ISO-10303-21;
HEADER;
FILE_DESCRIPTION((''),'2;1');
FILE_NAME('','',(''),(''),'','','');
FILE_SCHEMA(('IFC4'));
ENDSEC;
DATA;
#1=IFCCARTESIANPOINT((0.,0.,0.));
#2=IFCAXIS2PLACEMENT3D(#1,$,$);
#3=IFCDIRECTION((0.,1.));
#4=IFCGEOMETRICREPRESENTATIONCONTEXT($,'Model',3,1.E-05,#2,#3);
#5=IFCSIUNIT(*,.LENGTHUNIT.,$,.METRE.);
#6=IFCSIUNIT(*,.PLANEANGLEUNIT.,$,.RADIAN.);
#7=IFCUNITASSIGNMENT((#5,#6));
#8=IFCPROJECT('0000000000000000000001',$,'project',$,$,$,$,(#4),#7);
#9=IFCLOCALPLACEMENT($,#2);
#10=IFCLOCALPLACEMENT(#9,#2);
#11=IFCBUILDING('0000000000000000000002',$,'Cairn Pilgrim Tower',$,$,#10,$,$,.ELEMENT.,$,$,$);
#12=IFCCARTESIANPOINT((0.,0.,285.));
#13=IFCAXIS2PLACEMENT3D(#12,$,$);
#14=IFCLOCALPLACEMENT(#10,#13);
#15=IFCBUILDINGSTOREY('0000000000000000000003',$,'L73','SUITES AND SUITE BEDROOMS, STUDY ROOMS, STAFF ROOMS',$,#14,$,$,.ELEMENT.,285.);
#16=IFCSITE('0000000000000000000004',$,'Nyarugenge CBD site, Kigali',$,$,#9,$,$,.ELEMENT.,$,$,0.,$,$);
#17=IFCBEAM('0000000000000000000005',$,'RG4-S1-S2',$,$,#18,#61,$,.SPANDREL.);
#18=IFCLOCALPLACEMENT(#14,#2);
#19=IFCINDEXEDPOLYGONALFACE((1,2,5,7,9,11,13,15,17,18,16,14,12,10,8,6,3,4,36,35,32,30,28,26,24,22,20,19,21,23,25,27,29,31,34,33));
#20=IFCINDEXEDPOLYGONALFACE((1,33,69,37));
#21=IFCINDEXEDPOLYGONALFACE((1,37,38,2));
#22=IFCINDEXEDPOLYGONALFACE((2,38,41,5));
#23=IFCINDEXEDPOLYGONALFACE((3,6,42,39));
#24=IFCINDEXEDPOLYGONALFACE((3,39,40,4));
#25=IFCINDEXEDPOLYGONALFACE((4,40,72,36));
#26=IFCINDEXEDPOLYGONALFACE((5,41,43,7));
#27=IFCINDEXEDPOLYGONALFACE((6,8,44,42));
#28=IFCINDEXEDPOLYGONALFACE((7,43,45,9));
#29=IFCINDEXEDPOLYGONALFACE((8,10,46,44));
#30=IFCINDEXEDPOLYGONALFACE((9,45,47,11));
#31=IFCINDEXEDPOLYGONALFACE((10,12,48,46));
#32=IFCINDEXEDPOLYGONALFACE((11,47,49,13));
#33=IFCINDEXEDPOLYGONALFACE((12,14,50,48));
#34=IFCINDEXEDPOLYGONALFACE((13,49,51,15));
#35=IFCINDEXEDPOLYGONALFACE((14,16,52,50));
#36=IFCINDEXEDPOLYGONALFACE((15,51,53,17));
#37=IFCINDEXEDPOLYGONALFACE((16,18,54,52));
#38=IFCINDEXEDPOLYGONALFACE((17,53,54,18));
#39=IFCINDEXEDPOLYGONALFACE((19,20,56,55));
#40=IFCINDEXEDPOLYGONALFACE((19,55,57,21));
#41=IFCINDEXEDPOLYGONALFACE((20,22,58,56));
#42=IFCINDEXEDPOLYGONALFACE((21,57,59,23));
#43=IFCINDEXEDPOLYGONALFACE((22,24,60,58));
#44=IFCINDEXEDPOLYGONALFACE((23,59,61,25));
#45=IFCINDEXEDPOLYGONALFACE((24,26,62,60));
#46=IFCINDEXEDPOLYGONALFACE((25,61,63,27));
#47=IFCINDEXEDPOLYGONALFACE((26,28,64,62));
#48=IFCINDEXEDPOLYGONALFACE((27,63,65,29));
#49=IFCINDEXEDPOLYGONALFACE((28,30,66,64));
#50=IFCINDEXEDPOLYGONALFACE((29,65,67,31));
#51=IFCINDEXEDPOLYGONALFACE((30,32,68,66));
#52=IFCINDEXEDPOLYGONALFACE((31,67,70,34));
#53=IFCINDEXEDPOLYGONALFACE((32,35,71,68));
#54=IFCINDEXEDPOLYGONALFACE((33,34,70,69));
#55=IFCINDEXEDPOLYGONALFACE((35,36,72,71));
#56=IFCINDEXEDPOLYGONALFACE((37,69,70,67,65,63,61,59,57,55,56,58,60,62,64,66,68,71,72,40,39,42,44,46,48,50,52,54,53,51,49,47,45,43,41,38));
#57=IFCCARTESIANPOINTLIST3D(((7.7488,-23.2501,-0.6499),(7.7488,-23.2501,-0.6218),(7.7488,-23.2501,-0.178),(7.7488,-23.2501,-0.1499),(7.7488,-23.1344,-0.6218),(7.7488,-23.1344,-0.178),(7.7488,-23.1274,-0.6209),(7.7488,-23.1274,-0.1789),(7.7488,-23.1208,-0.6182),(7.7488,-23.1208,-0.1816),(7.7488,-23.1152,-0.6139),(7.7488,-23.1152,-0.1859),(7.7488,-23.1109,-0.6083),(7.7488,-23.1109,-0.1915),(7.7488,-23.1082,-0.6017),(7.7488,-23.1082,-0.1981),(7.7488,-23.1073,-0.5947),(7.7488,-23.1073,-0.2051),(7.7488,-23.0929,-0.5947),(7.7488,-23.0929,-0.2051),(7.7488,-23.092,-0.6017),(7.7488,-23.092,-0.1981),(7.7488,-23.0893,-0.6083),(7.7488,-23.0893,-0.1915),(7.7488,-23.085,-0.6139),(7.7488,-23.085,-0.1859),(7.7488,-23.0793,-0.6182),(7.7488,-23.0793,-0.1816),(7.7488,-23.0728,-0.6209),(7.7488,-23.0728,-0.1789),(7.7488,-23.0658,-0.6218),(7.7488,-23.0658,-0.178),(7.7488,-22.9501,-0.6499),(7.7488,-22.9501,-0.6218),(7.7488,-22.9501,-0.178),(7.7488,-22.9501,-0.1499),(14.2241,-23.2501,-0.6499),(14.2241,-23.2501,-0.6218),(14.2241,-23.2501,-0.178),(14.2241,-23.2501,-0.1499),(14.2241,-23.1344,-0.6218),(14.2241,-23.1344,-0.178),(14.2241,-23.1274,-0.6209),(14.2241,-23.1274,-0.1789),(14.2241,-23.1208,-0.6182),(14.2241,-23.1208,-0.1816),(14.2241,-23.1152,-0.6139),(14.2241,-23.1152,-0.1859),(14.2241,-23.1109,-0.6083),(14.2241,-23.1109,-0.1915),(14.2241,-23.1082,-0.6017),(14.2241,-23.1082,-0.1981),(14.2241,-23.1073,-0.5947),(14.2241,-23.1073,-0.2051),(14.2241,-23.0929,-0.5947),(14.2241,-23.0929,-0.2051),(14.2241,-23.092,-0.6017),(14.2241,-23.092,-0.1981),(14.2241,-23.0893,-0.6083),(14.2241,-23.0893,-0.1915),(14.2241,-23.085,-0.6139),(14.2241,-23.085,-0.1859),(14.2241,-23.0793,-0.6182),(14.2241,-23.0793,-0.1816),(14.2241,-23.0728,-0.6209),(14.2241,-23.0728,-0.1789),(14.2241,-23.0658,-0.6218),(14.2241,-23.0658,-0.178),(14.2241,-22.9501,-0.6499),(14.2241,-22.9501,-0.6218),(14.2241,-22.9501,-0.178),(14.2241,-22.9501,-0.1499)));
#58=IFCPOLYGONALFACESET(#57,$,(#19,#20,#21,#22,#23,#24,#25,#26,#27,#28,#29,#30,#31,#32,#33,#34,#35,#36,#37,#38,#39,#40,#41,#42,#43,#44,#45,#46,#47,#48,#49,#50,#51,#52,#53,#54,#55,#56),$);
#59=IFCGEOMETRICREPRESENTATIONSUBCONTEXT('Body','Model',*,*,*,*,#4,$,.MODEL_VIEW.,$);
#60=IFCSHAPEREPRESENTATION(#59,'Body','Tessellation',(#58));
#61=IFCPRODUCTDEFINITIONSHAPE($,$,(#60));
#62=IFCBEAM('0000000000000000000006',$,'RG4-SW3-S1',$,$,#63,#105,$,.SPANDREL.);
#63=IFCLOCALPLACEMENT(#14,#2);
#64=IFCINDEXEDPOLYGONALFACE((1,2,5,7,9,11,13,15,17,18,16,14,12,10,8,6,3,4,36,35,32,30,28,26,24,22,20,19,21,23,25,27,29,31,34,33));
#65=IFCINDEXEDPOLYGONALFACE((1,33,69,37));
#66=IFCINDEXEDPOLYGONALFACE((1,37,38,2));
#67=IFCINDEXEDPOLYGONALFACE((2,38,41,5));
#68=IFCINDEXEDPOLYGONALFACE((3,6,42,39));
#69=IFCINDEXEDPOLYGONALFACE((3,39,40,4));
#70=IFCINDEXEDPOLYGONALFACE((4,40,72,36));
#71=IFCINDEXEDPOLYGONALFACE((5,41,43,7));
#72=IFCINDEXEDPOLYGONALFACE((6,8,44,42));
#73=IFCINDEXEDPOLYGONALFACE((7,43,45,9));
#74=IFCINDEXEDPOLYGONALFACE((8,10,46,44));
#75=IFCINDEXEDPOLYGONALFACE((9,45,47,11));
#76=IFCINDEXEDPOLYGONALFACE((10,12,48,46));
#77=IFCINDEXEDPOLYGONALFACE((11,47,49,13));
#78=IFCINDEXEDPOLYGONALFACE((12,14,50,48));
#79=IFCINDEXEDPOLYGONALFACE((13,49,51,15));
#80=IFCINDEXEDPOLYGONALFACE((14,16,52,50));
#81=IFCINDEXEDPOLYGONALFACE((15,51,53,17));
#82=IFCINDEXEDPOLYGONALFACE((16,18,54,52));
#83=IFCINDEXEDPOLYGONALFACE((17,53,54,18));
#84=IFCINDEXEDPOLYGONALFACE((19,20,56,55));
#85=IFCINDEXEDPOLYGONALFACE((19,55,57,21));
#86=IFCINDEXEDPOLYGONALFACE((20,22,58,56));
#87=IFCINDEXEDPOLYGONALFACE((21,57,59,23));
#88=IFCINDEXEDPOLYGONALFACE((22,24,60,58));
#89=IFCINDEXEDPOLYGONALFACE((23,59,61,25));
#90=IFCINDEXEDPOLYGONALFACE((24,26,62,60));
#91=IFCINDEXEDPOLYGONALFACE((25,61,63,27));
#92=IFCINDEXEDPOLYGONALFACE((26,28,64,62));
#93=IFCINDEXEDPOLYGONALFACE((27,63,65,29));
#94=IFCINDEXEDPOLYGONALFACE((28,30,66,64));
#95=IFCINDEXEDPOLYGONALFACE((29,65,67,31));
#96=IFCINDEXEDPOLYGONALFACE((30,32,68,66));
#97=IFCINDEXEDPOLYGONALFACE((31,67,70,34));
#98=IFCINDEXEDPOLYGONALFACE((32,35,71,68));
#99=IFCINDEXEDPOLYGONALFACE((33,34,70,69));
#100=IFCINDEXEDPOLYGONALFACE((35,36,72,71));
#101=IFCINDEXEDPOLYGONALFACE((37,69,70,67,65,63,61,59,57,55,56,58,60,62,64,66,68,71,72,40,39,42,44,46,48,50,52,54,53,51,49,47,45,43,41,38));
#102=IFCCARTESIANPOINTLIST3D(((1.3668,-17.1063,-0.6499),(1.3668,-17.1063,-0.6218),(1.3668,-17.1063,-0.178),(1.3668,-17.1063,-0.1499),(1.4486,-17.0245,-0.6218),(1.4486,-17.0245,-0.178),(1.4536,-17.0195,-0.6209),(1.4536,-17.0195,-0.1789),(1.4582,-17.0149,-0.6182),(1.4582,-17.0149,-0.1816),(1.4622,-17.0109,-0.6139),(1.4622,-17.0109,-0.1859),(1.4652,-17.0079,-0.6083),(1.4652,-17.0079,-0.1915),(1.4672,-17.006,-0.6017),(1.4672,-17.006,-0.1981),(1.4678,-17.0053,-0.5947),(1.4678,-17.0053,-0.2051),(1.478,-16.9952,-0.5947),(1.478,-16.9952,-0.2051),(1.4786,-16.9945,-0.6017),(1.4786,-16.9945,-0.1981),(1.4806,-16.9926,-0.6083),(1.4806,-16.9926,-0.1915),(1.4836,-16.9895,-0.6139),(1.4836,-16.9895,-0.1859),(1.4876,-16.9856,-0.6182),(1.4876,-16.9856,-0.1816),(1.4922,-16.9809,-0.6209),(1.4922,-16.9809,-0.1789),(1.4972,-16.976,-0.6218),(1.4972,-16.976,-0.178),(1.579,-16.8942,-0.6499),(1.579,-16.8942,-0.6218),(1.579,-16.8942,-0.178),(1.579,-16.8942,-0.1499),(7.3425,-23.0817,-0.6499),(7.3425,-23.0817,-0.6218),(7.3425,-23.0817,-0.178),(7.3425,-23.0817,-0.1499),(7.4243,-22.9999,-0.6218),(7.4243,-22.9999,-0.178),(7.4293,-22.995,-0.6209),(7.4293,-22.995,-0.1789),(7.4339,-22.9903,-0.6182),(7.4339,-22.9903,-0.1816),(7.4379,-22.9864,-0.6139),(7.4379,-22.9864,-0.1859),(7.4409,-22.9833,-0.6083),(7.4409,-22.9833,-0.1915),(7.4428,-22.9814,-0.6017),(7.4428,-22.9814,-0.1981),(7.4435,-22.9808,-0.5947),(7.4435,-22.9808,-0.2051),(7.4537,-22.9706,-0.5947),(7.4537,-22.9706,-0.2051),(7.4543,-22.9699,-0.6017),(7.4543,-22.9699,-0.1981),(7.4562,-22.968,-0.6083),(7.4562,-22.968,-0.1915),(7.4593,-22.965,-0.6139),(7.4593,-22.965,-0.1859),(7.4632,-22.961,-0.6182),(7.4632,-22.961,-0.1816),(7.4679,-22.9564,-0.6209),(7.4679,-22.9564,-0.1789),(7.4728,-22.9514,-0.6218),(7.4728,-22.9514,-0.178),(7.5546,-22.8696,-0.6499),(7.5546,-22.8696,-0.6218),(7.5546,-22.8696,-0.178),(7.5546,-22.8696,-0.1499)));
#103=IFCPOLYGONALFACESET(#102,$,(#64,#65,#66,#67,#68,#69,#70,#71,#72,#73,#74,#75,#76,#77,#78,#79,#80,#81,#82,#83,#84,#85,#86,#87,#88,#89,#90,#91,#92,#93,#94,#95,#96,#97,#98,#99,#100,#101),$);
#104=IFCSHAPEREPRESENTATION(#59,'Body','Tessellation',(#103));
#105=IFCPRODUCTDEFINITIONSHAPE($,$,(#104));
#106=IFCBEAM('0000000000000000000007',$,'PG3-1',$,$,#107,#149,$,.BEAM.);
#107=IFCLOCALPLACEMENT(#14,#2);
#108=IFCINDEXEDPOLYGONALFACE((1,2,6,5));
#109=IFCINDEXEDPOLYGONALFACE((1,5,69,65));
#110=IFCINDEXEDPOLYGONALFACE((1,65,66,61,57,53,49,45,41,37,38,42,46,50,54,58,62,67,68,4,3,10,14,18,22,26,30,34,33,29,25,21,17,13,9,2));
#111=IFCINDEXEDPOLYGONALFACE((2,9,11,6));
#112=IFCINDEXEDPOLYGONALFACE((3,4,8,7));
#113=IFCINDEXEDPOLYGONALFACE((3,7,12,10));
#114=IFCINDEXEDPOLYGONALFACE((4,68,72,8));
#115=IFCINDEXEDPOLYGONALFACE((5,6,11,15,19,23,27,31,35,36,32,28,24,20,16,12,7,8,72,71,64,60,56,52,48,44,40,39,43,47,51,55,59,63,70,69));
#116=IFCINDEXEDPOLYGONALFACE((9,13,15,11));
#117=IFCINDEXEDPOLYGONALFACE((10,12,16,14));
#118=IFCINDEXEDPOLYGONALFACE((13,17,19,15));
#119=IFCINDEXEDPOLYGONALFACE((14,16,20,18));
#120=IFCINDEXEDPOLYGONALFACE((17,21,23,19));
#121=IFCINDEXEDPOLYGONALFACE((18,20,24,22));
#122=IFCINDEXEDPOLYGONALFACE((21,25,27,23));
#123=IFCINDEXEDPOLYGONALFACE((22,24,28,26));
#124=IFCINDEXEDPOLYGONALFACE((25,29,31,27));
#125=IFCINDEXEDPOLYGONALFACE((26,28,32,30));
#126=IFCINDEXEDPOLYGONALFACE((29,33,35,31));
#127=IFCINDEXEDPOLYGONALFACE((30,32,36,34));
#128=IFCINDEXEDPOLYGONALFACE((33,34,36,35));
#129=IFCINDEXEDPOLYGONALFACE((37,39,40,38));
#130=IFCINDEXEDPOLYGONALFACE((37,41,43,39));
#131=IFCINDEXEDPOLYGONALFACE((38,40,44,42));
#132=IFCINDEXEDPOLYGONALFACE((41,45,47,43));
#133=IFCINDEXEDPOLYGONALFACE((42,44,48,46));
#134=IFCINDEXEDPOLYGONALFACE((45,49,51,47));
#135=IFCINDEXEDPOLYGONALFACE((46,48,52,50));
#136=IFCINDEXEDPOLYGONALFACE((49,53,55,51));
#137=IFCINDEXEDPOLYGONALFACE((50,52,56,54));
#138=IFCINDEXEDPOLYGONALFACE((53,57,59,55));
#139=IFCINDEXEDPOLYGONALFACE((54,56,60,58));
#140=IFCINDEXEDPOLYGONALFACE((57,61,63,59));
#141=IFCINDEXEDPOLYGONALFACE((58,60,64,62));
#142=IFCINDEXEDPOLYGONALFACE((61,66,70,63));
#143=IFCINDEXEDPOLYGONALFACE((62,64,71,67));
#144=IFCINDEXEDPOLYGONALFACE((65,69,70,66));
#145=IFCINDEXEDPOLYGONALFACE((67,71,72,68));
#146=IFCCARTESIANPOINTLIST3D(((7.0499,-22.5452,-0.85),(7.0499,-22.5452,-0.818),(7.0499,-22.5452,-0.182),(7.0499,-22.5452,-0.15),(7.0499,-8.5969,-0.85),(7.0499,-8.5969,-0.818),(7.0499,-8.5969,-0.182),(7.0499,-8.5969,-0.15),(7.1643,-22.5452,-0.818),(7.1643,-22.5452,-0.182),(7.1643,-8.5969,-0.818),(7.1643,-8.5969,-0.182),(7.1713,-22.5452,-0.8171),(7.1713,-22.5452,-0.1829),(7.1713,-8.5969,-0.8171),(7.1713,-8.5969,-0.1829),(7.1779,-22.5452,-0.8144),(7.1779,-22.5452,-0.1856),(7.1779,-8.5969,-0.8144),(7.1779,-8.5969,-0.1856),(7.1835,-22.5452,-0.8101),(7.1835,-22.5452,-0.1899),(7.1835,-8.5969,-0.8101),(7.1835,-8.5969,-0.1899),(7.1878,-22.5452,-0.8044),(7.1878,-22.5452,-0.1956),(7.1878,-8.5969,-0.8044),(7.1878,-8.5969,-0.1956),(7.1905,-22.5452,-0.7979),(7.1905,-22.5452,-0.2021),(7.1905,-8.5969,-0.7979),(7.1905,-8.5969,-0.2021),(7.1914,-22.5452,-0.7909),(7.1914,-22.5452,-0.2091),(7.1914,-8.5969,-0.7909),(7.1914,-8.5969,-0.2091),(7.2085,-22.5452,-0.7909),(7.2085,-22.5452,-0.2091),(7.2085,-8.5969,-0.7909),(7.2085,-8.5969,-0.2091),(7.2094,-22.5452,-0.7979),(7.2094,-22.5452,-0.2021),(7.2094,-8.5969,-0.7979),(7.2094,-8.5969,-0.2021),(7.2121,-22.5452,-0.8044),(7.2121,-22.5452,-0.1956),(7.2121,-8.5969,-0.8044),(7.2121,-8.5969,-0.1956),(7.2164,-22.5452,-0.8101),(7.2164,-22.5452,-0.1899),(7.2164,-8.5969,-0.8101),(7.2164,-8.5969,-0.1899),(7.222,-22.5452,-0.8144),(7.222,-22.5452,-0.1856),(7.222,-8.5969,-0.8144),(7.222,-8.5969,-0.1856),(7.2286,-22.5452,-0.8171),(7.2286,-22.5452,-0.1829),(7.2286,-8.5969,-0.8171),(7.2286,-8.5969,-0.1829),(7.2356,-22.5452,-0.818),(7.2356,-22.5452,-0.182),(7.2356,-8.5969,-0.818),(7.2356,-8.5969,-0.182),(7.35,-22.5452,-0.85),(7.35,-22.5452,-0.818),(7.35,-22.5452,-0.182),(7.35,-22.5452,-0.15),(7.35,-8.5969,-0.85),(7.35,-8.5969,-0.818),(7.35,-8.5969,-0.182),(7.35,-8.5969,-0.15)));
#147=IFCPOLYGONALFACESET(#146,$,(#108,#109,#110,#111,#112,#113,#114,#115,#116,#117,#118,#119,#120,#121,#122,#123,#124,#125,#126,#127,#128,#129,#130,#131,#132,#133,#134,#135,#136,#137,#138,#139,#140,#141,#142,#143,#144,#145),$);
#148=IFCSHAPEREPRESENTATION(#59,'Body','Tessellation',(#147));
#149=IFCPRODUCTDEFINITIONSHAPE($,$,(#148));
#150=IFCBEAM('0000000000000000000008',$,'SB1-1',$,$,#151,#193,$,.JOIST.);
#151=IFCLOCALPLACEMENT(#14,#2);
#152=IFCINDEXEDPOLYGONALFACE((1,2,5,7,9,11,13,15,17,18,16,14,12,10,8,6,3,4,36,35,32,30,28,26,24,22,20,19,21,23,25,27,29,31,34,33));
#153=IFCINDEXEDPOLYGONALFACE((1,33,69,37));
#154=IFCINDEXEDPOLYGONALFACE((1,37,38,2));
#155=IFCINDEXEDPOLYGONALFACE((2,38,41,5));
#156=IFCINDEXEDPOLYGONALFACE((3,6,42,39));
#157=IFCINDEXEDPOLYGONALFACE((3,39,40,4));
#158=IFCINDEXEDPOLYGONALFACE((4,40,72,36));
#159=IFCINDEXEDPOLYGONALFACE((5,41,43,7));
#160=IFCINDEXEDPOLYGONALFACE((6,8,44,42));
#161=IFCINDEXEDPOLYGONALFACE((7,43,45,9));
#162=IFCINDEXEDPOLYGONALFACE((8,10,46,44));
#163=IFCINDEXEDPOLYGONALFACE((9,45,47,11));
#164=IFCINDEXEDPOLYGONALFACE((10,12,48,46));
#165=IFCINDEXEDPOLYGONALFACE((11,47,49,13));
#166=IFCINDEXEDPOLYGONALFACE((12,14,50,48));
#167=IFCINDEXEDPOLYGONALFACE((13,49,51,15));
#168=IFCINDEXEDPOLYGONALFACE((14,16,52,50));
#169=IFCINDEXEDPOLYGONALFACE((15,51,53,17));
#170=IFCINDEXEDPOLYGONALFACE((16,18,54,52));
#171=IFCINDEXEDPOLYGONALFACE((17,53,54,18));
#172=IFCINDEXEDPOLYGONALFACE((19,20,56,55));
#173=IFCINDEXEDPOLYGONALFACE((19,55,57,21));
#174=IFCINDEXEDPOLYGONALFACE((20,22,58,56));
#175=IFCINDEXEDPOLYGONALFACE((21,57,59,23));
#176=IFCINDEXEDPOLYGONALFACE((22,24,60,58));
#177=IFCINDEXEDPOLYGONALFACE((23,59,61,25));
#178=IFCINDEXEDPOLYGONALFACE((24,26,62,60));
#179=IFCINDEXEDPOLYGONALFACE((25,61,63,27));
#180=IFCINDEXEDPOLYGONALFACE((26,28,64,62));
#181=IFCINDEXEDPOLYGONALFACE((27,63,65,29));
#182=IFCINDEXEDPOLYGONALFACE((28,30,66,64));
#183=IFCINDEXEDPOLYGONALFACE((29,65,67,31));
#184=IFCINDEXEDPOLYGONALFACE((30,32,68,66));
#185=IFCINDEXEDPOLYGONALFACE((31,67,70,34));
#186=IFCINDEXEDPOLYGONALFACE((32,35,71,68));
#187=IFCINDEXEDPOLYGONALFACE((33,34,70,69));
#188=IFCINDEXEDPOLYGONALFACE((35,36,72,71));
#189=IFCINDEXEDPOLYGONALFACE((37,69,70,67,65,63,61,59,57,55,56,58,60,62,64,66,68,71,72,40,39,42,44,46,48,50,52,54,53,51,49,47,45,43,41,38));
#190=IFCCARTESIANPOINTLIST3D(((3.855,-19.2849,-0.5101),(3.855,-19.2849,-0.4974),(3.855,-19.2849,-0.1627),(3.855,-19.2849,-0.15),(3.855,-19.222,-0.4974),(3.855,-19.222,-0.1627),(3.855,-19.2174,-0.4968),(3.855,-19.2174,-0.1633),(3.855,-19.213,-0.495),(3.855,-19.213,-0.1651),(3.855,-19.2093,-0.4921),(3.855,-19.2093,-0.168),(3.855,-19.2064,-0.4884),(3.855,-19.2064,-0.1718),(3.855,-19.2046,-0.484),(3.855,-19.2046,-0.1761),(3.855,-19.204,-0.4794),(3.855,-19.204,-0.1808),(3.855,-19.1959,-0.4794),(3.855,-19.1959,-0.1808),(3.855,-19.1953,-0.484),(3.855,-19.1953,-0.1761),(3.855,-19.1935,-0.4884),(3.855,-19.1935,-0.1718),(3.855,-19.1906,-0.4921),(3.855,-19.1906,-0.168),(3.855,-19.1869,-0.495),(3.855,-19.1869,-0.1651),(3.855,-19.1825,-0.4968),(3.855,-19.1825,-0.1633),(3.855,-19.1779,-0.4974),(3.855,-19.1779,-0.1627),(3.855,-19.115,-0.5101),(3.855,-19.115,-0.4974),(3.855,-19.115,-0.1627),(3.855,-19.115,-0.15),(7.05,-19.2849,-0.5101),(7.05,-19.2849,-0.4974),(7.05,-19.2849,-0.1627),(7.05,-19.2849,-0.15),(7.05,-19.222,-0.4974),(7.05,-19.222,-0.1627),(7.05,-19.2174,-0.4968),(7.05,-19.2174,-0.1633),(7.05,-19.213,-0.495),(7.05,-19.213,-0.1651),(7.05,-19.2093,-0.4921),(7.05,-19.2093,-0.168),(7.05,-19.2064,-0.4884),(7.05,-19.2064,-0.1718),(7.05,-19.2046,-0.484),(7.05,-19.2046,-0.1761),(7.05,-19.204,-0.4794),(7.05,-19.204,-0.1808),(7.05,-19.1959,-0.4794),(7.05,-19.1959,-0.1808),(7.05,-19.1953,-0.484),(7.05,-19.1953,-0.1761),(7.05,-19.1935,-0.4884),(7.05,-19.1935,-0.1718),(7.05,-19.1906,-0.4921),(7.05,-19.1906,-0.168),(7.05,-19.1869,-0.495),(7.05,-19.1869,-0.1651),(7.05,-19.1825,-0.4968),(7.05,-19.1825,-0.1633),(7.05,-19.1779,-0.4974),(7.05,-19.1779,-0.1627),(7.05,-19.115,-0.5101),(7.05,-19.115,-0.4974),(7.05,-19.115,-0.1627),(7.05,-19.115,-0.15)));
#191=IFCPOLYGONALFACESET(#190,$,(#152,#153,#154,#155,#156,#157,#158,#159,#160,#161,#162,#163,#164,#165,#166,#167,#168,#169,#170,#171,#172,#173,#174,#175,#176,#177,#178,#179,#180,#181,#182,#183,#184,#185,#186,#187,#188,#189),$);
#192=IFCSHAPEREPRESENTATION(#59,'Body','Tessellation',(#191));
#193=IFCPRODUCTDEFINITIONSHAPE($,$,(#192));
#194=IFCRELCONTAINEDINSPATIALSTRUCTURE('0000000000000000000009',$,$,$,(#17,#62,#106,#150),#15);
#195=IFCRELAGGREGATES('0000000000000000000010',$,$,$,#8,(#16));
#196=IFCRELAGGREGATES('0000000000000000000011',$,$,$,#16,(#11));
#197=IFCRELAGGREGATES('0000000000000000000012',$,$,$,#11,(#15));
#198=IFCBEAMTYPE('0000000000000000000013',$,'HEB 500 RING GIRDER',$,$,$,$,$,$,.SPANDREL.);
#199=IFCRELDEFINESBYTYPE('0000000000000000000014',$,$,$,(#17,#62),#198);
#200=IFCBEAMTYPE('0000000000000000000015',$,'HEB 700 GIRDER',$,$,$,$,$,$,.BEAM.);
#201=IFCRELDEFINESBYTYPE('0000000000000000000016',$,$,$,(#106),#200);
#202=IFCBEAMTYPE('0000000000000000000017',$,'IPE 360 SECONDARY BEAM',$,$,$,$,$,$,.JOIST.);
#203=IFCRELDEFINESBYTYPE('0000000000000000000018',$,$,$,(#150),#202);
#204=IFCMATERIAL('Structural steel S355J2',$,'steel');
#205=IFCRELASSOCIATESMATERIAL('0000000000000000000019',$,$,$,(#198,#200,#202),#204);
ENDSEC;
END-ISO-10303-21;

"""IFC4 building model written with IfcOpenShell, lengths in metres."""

from ifc_helpers import new_model, si_unit, direction, frame, origin, origin_2d, place, context, subcontext, project, spatial, i_section, extrude, material, material_profile, profile_set, type_object, element, save


model = new_model("IFC4")

# Units and contexts
model_context = context("Model", 3, precision=1e-05, world=origin(), true_north=direction((0.0, 1.0)))
body_context = subcontext(model_context, "Body", "Model", "MODEL_VIEW")
ifc_project = project(units=[si_unit("LENGTHUNIT", "METRE"), si_unit("PLANEANGLEUNIT", "RADIAN")], contexts=[model_context])

# Site, building, storey
site_placement = place(None, origin())
site = spatial("IfcSite", under=ifc_project, at=site_placement, Name="Nyarugenge CBD site, Kigali", CompositionType="ELEMENT", RefElevation=0.0)
building_placement = place(site_placement, origin())
building = spatial("IfcBuilding", under=site, at=building_placement, Name="Cairn Pilgrim Tower", CompositionType="ELEMENT")
storey_placement = place(building_placement, frame((0.0, 0.0, 285.0)))
storey = spatial("IfcBuildingStorey", under=building, at=storey_placement, Name="L73", Description="SUITES AND SUITE BEDROOMS, STUDY ROOMS, STAFF ROOMS", CompositionType="ELEMENT", Elevation=285.0)

# Shared definitions
ifc_material_1 = material(Name="Structural steel S355J2", Category="steel")

# Beams
ifc_material_profile_1 = material_profile(ifc_material_1, i_section(OverallWidth=0.3, OverallDepth=0.5, WebThickness=0.0144, FlangeThickness=0.0281, FilletRadius=0.0271, at=origin_2d()), Name="HEB 500")
ifc_profile_set_1 = profile_set([ifc_material_profile_1], Name="Structural steel S355J2")
beam_type_1 = type_object("IfcBeamType", Name="HEB 500 RING GIRDER", PredefinedType="SPANDREL", material=ifc_profile_set_1)
beam_1_placement = place(storey_placement, frame((7.7488, -23.1001, -0.3999), z_axis=(1.0, 0.0, 0.0), x_axis=(0.0, 1.0, 0.0)))
element("IfcBeam", 1, at=beam_1_placement, inside=storey, type_object=beam_type_1, Name="RG4-S1-S2", PredefinedType="SPANDREL", context=body_context, shape_type="SweptSolid", body=[
    extrude(i_section(OverallWidth=0.3, OverallDepth=0.5, WebThickness=0.0144, FlangeThickness=0.0281, FilletRadius=0.0271, at=origin_2d()), origin(), (0.0, 0.0, 1.0), 6.4753),
])
beam_2_placement = place(storey_placement, frame((1.4729, -17.0002, -0.3999), z_axis=(0.707121, -0.707092, 0.0), x_axis=(0.707092, 0.707121, 0.0)))
element("IfcBeam", 2, at=beam_2_placement, inside=storey, type_object=beam_type_1, Name="RG4-SW3-S1", PredefinedType="SPANDREL", context=body_context, shape_type="SweptSolid", body=[
    extrude(i_section(OverallWidth=0.3, OverallDepth=0.5, WebThickness=0.0144, FlangeThickness=0.0281, FilletRadius=0.0271, at=origin_2d()), origin(), (0.0, 0.0, 1.0), 8.4507),
])
ifc_material_profile_2 = material_profile(ifc_material_1, i_section(OverallWidth=0.3, OverallDepth=0.7, WebThickness=0.0171, FlangeThickness=0.032, FilletRadius=0.0271, at=origin_2d()), Name="HEB 700")
ifc_profile_set_2 = profile_set([ifc_material_profile_2], Name="Structural steel S355J2")
beam_type_2 = type_object("IfcBeamType", Name="HEB 700 GIRDER", PredefinedType="BEAM", material=ifc_profile_set_2)
beam_3_placement = place(storey_placement, frame((7.2, -22.5452, -0.5), z_axis=(0.0, 1.0, 0.0), x_axis=(-1.0, 0.0, 0.0)))
element("IfcBeam", 3, at=beam_3_placement, inside=storey, type_object=beam_type_2, Name="PG3-1", PredefinedType="BEAM", context=body_context, shape_type="SweptSolid", body=[
    extrude(i_section(OverallWidth=0.3, OverallDepth=0.7, WebThickness=0.0171, FlangeThickness=0.032, FilletRadius=0.0271, at=origin_2d()), origin(), (0.0, 0.0, 1.0), 13.9482),
])
ifc_material_profile_3 = material_profile(ifc_material_1, i_section(OverallWidth=0.1699, OverallDepth=0.3601, WebThickness=0.0081, FlangeThickness=0.0127, FilletRadius=0.0181, at=origin_2d()), Name="IPE 360")
ifc_profile_set_3 = profile_set([ifc_material_profile_3], Name="Structural steel S355J2")
beam_type_3 = type_object("IfcBeamType", Name="IPE 360 SECONDARY BEAM", PredefinedType="JOIST", material=ifc_profile_set_3)
beam_4_placement = place(storey_placement, frame((3.855, -19.2, -0.3301), z_axis=(1.0, 0.0, 0.0), x_axis=(0.0, 1.0, 0.0)))
element("IfcBeam", 4, at=beam_4_placement, inside=storey, type_object=beam_type_3, Name="SB1-1", PredefinedType="JOIST", context=body_context, shape_type="SweptSolid", body=[
    extrude(i_section(OverallWidth=0.1699, OverallDepth=0.3601, WebThickness=0.0081, FlangeThickness=0.0127, FilletRadius=0.0181, at=origin_2d()), origin(), (0.0, 0.0, 1.0), 3.1951),
])

save(model, "model.ifc")
